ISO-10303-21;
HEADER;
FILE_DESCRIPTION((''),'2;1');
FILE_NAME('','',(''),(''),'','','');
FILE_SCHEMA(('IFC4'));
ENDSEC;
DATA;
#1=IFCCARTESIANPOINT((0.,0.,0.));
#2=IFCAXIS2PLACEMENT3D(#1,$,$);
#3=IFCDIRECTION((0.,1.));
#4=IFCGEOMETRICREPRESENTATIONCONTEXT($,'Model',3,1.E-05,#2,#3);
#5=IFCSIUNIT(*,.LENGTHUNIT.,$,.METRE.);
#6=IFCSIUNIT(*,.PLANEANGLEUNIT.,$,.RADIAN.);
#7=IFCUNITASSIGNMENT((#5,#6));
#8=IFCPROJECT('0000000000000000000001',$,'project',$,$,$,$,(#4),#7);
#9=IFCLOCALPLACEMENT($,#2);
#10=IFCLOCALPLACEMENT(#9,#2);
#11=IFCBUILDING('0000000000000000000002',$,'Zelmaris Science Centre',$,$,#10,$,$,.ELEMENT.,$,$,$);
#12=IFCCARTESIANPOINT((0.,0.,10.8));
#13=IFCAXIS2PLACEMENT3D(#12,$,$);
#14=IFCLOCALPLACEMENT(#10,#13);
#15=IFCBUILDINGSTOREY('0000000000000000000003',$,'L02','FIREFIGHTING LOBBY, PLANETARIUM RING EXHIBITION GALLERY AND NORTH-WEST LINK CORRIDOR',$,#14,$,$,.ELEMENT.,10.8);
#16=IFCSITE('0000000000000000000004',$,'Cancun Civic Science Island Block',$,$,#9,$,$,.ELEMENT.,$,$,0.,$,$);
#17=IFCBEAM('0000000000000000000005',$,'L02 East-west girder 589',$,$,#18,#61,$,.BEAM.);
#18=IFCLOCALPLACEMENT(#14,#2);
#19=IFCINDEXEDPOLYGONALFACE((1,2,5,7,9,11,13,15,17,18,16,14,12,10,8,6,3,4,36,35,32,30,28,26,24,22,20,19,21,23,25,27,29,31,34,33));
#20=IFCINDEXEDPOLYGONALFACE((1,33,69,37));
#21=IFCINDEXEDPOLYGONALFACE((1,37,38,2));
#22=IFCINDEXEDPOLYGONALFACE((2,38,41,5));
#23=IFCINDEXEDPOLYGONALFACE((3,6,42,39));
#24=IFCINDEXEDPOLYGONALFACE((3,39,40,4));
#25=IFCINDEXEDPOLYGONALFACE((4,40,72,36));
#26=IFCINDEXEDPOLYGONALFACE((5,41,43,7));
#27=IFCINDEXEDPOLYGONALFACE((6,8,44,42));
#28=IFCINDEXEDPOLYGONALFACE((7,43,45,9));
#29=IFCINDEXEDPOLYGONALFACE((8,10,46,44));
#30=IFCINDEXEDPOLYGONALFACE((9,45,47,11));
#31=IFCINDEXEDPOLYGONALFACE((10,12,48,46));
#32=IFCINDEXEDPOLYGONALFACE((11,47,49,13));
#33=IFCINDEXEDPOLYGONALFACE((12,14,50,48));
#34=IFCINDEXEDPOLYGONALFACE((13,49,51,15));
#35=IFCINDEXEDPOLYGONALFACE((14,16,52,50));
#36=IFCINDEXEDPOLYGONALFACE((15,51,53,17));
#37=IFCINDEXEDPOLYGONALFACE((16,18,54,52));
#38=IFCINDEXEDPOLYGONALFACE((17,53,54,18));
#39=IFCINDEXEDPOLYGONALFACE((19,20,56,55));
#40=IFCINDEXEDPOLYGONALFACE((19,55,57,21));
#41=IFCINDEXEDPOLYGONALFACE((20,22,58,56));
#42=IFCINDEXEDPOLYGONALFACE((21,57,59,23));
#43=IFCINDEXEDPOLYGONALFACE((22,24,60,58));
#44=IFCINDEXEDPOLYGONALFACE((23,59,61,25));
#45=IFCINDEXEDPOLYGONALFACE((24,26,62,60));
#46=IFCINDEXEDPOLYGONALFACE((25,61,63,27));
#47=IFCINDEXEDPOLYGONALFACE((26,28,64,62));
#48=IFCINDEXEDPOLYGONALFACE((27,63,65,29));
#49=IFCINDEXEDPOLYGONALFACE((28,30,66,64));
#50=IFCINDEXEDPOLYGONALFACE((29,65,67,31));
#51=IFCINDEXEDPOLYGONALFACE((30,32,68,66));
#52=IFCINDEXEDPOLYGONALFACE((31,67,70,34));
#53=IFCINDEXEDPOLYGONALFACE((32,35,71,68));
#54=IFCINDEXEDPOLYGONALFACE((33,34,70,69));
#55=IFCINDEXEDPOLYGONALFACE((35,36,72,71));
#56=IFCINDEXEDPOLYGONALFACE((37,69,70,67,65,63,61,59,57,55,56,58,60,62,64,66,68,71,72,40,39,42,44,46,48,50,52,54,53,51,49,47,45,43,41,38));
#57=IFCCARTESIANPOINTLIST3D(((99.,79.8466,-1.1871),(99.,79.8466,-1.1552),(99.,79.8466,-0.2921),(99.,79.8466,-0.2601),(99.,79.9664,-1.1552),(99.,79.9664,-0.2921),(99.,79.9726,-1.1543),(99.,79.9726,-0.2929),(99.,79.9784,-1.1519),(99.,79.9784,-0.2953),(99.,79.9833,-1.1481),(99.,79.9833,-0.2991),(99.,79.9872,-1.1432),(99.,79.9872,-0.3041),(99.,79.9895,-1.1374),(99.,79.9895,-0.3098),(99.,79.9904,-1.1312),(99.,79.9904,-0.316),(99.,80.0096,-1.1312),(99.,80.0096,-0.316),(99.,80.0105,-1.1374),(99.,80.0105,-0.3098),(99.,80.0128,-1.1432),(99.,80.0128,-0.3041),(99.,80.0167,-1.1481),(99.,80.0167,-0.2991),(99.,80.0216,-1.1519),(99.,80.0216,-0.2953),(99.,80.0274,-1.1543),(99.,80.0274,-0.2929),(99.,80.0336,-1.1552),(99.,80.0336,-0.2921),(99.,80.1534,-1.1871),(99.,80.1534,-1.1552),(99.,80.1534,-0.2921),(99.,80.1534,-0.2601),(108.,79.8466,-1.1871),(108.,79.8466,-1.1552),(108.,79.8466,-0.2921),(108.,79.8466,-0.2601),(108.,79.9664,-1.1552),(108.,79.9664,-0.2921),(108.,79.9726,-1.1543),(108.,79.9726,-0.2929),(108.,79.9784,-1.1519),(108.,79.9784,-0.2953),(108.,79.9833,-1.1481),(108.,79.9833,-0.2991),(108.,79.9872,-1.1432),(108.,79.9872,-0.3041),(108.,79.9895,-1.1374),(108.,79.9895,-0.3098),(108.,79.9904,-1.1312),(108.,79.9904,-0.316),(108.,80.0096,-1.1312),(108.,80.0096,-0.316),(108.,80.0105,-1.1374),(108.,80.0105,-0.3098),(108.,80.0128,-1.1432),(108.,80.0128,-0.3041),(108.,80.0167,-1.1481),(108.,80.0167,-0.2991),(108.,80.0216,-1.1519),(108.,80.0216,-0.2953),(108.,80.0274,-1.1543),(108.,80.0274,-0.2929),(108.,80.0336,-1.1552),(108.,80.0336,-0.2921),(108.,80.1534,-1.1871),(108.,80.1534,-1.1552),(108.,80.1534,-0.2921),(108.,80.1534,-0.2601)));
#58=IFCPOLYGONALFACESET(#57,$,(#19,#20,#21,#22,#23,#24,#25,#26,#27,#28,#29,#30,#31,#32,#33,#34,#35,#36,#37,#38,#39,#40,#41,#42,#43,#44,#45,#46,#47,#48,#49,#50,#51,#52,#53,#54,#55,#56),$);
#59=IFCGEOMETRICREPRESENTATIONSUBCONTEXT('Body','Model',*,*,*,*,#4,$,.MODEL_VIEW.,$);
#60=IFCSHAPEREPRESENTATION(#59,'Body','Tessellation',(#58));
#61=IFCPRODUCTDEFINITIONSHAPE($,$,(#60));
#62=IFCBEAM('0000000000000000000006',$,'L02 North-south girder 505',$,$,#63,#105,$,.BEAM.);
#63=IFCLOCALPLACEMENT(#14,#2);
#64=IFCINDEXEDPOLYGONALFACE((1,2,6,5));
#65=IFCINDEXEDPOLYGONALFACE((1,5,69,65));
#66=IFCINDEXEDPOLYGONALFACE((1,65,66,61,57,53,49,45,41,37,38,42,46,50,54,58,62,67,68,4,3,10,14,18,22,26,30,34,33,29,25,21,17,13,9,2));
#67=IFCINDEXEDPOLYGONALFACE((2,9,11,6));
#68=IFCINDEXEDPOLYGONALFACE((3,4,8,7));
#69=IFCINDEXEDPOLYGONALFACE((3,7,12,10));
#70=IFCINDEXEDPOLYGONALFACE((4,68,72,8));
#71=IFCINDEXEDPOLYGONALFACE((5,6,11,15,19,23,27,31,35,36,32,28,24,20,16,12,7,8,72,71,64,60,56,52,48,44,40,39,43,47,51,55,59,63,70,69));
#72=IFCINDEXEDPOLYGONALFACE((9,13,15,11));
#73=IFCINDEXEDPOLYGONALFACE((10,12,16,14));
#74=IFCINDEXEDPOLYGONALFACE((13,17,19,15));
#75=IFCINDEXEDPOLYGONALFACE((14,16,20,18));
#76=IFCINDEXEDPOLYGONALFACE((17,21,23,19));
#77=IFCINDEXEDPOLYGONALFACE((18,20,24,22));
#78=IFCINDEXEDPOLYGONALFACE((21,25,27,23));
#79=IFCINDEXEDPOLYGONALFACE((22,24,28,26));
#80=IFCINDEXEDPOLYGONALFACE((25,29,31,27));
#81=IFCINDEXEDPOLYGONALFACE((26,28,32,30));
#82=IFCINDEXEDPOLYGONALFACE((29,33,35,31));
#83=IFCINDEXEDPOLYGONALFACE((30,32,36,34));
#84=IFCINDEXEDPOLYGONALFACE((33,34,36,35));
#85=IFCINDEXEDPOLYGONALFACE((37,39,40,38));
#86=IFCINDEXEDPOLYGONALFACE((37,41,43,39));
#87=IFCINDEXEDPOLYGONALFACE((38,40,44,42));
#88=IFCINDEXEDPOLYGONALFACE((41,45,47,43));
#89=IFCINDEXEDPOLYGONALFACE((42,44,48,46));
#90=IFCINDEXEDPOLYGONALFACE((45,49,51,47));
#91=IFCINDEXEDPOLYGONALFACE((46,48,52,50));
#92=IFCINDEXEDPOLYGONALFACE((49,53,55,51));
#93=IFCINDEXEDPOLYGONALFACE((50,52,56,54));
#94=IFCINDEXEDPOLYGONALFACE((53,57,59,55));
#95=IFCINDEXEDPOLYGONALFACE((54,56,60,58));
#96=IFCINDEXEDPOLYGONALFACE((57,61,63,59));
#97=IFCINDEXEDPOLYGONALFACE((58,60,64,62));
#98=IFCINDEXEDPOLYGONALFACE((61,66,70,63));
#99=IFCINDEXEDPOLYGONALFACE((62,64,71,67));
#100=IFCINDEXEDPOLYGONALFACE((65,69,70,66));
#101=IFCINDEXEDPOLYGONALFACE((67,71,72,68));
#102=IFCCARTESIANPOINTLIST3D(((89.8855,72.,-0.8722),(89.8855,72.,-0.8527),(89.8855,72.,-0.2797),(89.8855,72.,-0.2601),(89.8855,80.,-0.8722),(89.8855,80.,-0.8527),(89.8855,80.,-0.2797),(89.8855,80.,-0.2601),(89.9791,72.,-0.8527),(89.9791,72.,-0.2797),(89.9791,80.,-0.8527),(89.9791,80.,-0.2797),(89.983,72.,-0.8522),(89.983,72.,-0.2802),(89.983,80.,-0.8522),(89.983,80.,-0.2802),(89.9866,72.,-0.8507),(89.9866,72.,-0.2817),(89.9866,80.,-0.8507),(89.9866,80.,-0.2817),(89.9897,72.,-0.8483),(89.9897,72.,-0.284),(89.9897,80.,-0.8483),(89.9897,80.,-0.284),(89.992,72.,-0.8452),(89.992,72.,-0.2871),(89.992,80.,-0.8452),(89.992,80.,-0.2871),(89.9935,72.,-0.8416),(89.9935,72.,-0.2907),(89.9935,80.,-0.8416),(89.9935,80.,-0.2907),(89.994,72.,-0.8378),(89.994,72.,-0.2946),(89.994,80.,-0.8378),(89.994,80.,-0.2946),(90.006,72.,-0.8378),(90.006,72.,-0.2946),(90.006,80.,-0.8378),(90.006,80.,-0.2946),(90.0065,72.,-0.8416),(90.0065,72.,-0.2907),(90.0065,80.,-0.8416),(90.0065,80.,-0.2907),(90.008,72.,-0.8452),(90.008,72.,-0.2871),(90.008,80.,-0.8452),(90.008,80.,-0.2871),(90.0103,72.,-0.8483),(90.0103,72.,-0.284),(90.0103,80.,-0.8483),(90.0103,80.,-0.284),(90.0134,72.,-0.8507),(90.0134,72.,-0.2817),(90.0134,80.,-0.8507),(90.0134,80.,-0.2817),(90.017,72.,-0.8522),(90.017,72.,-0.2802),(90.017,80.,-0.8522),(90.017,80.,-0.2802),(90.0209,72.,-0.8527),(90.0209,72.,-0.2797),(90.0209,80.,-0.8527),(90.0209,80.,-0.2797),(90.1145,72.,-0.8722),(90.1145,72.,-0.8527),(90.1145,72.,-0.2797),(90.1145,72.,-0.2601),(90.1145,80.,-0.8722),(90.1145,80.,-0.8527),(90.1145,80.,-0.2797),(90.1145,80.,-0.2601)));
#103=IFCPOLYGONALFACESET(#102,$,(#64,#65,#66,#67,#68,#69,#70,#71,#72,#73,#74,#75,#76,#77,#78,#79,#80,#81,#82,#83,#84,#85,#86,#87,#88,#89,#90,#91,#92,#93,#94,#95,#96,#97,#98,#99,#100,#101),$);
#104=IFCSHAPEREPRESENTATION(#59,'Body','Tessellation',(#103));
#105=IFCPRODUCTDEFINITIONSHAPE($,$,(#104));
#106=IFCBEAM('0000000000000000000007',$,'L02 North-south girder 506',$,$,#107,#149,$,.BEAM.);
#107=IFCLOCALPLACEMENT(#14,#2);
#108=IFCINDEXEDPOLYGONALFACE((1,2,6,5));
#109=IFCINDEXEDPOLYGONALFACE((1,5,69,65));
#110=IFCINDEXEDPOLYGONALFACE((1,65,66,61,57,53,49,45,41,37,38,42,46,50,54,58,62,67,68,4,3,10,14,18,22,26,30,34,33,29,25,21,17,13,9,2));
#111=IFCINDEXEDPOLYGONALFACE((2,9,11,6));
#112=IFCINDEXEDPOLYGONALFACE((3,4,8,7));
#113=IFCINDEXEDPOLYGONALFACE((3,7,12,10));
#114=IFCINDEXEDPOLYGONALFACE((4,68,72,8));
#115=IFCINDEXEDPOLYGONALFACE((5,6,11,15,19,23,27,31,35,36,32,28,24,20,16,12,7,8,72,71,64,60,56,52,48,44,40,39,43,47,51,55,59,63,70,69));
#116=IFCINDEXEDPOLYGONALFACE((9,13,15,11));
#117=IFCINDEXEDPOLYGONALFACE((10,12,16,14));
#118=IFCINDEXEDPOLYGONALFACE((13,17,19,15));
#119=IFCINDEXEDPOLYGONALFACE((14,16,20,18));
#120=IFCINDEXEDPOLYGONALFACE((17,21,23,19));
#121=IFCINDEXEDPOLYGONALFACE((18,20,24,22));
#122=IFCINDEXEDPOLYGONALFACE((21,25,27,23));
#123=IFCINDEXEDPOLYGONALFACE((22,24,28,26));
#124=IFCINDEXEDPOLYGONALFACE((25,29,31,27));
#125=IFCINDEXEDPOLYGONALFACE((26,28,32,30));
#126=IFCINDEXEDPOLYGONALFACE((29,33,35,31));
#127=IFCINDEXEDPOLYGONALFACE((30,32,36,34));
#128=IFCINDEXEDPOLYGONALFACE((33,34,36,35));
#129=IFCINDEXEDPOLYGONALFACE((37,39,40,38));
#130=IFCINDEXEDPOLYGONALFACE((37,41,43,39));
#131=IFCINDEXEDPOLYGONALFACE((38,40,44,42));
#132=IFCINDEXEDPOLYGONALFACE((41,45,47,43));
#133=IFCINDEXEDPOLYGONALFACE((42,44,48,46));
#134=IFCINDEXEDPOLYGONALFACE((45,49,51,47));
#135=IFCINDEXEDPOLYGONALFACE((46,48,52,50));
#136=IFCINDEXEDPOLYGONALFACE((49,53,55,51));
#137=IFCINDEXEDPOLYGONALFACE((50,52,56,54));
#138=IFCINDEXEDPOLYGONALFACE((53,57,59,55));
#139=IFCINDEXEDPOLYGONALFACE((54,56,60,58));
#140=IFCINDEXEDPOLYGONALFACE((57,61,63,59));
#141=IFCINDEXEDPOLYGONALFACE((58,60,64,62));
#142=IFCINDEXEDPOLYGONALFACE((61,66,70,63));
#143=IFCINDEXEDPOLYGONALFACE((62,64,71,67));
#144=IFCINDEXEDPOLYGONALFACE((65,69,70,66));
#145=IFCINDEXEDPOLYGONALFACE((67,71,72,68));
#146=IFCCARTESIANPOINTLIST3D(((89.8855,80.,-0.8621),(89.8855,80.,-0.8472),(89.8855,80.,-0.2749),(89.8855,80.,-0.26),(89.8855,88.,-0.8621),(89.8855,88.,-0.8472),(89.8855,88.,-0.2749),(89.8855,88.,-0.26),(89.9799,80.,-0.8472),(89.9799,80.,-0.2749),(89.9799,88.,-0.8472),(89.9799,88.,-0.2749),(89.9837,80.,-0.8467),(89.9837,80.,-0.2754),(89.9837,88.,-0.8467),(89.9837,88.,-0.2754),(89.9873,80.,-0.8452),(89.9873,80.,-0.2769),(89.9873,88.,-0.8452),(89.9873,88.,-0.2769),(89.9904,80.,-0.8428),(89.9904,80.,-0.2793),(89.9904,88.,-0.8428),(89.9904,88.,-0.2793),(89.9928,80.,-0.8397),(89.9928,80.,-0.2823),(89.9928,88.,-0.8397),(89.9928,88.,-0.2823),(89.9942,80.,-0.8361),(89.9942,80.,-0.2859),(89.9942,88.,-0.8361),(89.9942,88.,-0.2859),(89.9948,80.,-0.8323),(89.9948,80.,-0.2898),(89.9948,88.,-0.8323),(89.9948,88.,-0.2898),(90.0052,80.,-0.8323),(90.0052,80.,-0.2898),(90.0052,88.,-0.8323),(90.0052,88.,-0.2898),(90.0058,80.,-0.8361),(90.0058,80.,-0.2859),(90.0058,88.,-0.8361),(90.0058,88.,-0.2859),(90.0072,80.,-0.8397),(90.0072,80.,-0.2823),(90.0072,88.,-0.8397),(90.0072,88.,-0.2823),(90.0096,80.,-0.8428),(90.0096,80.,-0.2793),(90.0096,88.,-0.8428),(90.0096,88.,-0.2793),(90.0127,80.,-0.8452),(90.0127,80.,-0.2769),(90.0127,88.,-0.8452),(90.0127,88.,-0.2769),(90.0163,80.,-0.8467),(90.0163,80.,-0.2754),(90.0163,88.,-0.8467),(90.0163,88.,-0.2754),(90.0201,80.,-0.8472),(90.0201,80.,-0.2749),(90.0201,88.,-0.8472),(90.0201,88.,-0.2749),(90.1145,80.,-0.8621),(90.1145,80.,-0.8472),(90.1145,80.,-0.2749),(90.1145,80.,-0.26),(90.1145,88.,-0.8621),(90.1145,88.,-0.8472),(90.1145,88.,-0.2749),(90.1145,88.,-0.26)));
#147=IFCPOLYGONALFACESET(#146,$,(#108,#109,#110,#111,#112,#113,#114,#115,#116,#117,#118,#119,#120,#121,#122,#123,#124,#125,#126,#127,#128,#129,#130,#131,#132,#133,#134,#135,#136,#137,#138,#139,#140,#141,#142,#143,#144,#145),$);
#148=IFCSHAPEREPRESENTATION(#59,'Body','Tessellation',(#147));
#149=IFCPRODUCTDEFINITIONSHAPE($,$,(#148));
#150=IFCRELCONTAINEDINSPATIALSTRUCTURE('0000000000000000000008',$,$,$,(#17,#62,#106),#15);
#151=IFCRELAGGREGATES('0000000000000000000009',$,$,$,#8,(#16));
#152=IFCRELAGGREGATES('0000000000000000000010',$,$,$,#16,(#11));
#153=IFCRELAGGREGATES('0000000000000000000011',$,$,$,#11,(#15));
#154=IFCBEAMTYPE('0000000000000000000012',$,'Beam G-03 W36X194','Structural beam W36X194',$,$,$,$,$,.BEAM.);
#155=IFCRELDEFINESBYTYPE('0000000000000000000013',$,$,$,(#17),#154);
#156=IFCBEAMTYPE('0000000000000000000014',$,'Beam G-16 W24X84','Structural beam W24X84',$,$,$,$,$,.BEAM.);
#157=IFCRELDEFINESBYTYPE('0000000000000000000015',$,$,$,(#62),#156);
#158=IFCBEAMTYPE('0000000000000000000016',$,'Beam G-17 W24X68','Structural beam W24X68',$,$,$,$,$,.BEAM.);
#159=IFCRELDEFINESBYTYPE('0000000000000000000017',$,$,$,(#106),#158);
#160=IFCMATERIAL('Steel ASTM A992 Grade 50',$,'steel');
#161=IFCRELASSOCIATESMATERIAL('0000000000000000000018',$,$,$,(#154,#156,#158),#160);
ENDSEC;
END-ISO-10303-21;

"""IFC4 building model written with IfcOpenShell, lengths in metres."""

from ifc_helpers import new_model, si_unit, direction, frame, origin, origin_2d, place, context, subcontext, project, spatial, i_section, extrude, material, material_profile, profile_set, type_object, element, save


model = new_model("IFC4")

# Units and contexts
model_context = context("Model", 3, precision=1e-05, world=origin(), true_north=direction((0.0, 1.0)))
body_context = subcontext(model_context, "Body", "Model", "MODEL_VIEW")
ifc_project = project(units=[si_unit("LENGTHUNIT", "METRE"), si_unit("PLANEANGLEUNIT", "RADIAN")], contexts=[model_context])

# Site, building, storey
site_placement = place(None, origin())
site = spatial("IfcSite", under=ifc_project, at=site_placement, Name="Cancun Civic Science Island Block", CompositionType="ELEMENT", RefElevation=0.0)
building_placement = place(site_placement, origin())
building = spatial("IfcBuilding", under=site, at=building_placement, Name="Zelmaris Science Centre", CompositionType="ELEMENT")
storey_placement = place(building_placement, frame((0.0, 0.0, 10.8)))
storey = spatial("IfcBuildingStorey", under=building, at=storey_placement, Name="L02", Description="FIREFIGHTING LOBBY, PLANETARIUM RING EXHIBITION GALLERY AND NORTH-WEST LINK CORRIDOR", CompositionType="ELEMENT", Elevation=10.8)

# Shared definitions
ifc_material_1 = material(Name="Steel ASTM A992 Grade 50", Category="steel")

# Beams
ifc_material_profile_1 = material_profile(ifc_material_1, i_section(OverallWidth=0.3069, OverallDepth=0.927, WebThickness=0.0193, FlangeThickness=0.032, FilletRadius=0.0239, at=origin_2d()), Name="W36X194")
ifc_profile_set_1 = profile_set([ifc_material_profile_1], Name="Steel ASTM A992 Grade 50")
beam_type_1 = type_object("IfcBeamType", Name="Beam G-03 W36X194", Description="Structural beam W36X194", PredefinedType="BEAM", material=ifc_profile_set_1)
beam_1_placement = place(storey_placement, frame((99.0, 80.0, -0.7236), z_axis=(1.0, 0.0, 0.0), x_axis=(0.0, 1.0, 0.0)))
element("IfcBeam", 1, at=beam_1_placement, inside=storey, type_object=beam_type_1, Name="L02 East-west girder 589", PredefinedType="BEAM", context=body_context, shape_type="SweptSolid", body=[
    extrude(i_section(OverallWidth=0.3069, OverallDepth=0.927, WebThickness=0.0193, FlangeThickness=0.032, FilletRadius=0.0239, at=origin_2d()), origin(), (0.0, 0.0, 1.0), 9.0),
])
ifc_material_profile_2 = material_profile(ifc_material_1, i_section(OverallWidth=0.229, OverallDepth=0.6121, WebThickness=0.012, FlangeThickness=0.0195, FilletRadius=0.0149, at=origin_2d()), Name="W24X84")
ifc_profile_set_2 = profile_set([ifc_material_profile_2], Name="Steel ASTM A992 Grade 50")
beam_type_2 = type_object("IfcBeamType", Name="Beam G-16 W24X84", Description="Structural beam W24X84", PredefinedType="BEAM", material=ifc_profile_set_2)
beam_2_placement = place(storey_placement, frame((90.0, 72.0, -0.5662), z_axis=(0.0, 1.0, 0.0), x_axis=(-1.0, 0.0, 0.0)))
element("IfcBeam", 2, at=beam_2_placement, inside=storey, type_object=beam_type_2, Name="L02 North-south girder 505", PredefinedType="BEAM", context=body_context, shape_type="SweptSolid", body=[
    extrude(i_section(OverallWidth=0.229, OverallDepth=0.6121, WebThickness=0.012, FlangeThickness=0.0195, FilletRadius=0.0149, at=origin_2d()), origin(), (0.0, 0.0, 1.0), 8.0),
])
ifc_material_profile_3 = material_profile(ifc_material_1, i_section(OverallWidth=0.229, OverallDepth=0.6021, WebThickness=0.0105, FlangeThickness=0.0149, FilletRadius=0.0149, at=origin_2d()), Name="W24X68")
ifc_profile_set_3 = profile_set([ifc_material_profile_3], Name="Steel ASTM A992 Grade 50")
beam_type_3 = type_object("IfcBeamType", Name="Beam G-17 W24X68", Description="Structural beam W24X68", PredefinedType="BEAM", material=ifc_profile_set_3)
beam_3_placement = place(storey_placement, frame((90.0, 80.0, -0.561), z_axis=(0.0, 1.0, 0.0), x_axis=(-1.0, 0.0, 0.0)))
element("IfcBeam", 3, at=beam_3_placement, inside=storey, type_object=beam_type_3, Name="L02 North-south girder 506", PredefinedType="BEAM", context=body_context, shape_type="SweptSolid", body=[
    extrude(i_section(OverallWidth=0.229, OverallDepth=0.6021, WebThickness=0.0105, FlangeThickness=0.0149, FilletRadius=0.0149, at=origin_2d()), origin(), (0.0, 0.0, 1.0), 8.0),
])

save(model, "model.ifc")
